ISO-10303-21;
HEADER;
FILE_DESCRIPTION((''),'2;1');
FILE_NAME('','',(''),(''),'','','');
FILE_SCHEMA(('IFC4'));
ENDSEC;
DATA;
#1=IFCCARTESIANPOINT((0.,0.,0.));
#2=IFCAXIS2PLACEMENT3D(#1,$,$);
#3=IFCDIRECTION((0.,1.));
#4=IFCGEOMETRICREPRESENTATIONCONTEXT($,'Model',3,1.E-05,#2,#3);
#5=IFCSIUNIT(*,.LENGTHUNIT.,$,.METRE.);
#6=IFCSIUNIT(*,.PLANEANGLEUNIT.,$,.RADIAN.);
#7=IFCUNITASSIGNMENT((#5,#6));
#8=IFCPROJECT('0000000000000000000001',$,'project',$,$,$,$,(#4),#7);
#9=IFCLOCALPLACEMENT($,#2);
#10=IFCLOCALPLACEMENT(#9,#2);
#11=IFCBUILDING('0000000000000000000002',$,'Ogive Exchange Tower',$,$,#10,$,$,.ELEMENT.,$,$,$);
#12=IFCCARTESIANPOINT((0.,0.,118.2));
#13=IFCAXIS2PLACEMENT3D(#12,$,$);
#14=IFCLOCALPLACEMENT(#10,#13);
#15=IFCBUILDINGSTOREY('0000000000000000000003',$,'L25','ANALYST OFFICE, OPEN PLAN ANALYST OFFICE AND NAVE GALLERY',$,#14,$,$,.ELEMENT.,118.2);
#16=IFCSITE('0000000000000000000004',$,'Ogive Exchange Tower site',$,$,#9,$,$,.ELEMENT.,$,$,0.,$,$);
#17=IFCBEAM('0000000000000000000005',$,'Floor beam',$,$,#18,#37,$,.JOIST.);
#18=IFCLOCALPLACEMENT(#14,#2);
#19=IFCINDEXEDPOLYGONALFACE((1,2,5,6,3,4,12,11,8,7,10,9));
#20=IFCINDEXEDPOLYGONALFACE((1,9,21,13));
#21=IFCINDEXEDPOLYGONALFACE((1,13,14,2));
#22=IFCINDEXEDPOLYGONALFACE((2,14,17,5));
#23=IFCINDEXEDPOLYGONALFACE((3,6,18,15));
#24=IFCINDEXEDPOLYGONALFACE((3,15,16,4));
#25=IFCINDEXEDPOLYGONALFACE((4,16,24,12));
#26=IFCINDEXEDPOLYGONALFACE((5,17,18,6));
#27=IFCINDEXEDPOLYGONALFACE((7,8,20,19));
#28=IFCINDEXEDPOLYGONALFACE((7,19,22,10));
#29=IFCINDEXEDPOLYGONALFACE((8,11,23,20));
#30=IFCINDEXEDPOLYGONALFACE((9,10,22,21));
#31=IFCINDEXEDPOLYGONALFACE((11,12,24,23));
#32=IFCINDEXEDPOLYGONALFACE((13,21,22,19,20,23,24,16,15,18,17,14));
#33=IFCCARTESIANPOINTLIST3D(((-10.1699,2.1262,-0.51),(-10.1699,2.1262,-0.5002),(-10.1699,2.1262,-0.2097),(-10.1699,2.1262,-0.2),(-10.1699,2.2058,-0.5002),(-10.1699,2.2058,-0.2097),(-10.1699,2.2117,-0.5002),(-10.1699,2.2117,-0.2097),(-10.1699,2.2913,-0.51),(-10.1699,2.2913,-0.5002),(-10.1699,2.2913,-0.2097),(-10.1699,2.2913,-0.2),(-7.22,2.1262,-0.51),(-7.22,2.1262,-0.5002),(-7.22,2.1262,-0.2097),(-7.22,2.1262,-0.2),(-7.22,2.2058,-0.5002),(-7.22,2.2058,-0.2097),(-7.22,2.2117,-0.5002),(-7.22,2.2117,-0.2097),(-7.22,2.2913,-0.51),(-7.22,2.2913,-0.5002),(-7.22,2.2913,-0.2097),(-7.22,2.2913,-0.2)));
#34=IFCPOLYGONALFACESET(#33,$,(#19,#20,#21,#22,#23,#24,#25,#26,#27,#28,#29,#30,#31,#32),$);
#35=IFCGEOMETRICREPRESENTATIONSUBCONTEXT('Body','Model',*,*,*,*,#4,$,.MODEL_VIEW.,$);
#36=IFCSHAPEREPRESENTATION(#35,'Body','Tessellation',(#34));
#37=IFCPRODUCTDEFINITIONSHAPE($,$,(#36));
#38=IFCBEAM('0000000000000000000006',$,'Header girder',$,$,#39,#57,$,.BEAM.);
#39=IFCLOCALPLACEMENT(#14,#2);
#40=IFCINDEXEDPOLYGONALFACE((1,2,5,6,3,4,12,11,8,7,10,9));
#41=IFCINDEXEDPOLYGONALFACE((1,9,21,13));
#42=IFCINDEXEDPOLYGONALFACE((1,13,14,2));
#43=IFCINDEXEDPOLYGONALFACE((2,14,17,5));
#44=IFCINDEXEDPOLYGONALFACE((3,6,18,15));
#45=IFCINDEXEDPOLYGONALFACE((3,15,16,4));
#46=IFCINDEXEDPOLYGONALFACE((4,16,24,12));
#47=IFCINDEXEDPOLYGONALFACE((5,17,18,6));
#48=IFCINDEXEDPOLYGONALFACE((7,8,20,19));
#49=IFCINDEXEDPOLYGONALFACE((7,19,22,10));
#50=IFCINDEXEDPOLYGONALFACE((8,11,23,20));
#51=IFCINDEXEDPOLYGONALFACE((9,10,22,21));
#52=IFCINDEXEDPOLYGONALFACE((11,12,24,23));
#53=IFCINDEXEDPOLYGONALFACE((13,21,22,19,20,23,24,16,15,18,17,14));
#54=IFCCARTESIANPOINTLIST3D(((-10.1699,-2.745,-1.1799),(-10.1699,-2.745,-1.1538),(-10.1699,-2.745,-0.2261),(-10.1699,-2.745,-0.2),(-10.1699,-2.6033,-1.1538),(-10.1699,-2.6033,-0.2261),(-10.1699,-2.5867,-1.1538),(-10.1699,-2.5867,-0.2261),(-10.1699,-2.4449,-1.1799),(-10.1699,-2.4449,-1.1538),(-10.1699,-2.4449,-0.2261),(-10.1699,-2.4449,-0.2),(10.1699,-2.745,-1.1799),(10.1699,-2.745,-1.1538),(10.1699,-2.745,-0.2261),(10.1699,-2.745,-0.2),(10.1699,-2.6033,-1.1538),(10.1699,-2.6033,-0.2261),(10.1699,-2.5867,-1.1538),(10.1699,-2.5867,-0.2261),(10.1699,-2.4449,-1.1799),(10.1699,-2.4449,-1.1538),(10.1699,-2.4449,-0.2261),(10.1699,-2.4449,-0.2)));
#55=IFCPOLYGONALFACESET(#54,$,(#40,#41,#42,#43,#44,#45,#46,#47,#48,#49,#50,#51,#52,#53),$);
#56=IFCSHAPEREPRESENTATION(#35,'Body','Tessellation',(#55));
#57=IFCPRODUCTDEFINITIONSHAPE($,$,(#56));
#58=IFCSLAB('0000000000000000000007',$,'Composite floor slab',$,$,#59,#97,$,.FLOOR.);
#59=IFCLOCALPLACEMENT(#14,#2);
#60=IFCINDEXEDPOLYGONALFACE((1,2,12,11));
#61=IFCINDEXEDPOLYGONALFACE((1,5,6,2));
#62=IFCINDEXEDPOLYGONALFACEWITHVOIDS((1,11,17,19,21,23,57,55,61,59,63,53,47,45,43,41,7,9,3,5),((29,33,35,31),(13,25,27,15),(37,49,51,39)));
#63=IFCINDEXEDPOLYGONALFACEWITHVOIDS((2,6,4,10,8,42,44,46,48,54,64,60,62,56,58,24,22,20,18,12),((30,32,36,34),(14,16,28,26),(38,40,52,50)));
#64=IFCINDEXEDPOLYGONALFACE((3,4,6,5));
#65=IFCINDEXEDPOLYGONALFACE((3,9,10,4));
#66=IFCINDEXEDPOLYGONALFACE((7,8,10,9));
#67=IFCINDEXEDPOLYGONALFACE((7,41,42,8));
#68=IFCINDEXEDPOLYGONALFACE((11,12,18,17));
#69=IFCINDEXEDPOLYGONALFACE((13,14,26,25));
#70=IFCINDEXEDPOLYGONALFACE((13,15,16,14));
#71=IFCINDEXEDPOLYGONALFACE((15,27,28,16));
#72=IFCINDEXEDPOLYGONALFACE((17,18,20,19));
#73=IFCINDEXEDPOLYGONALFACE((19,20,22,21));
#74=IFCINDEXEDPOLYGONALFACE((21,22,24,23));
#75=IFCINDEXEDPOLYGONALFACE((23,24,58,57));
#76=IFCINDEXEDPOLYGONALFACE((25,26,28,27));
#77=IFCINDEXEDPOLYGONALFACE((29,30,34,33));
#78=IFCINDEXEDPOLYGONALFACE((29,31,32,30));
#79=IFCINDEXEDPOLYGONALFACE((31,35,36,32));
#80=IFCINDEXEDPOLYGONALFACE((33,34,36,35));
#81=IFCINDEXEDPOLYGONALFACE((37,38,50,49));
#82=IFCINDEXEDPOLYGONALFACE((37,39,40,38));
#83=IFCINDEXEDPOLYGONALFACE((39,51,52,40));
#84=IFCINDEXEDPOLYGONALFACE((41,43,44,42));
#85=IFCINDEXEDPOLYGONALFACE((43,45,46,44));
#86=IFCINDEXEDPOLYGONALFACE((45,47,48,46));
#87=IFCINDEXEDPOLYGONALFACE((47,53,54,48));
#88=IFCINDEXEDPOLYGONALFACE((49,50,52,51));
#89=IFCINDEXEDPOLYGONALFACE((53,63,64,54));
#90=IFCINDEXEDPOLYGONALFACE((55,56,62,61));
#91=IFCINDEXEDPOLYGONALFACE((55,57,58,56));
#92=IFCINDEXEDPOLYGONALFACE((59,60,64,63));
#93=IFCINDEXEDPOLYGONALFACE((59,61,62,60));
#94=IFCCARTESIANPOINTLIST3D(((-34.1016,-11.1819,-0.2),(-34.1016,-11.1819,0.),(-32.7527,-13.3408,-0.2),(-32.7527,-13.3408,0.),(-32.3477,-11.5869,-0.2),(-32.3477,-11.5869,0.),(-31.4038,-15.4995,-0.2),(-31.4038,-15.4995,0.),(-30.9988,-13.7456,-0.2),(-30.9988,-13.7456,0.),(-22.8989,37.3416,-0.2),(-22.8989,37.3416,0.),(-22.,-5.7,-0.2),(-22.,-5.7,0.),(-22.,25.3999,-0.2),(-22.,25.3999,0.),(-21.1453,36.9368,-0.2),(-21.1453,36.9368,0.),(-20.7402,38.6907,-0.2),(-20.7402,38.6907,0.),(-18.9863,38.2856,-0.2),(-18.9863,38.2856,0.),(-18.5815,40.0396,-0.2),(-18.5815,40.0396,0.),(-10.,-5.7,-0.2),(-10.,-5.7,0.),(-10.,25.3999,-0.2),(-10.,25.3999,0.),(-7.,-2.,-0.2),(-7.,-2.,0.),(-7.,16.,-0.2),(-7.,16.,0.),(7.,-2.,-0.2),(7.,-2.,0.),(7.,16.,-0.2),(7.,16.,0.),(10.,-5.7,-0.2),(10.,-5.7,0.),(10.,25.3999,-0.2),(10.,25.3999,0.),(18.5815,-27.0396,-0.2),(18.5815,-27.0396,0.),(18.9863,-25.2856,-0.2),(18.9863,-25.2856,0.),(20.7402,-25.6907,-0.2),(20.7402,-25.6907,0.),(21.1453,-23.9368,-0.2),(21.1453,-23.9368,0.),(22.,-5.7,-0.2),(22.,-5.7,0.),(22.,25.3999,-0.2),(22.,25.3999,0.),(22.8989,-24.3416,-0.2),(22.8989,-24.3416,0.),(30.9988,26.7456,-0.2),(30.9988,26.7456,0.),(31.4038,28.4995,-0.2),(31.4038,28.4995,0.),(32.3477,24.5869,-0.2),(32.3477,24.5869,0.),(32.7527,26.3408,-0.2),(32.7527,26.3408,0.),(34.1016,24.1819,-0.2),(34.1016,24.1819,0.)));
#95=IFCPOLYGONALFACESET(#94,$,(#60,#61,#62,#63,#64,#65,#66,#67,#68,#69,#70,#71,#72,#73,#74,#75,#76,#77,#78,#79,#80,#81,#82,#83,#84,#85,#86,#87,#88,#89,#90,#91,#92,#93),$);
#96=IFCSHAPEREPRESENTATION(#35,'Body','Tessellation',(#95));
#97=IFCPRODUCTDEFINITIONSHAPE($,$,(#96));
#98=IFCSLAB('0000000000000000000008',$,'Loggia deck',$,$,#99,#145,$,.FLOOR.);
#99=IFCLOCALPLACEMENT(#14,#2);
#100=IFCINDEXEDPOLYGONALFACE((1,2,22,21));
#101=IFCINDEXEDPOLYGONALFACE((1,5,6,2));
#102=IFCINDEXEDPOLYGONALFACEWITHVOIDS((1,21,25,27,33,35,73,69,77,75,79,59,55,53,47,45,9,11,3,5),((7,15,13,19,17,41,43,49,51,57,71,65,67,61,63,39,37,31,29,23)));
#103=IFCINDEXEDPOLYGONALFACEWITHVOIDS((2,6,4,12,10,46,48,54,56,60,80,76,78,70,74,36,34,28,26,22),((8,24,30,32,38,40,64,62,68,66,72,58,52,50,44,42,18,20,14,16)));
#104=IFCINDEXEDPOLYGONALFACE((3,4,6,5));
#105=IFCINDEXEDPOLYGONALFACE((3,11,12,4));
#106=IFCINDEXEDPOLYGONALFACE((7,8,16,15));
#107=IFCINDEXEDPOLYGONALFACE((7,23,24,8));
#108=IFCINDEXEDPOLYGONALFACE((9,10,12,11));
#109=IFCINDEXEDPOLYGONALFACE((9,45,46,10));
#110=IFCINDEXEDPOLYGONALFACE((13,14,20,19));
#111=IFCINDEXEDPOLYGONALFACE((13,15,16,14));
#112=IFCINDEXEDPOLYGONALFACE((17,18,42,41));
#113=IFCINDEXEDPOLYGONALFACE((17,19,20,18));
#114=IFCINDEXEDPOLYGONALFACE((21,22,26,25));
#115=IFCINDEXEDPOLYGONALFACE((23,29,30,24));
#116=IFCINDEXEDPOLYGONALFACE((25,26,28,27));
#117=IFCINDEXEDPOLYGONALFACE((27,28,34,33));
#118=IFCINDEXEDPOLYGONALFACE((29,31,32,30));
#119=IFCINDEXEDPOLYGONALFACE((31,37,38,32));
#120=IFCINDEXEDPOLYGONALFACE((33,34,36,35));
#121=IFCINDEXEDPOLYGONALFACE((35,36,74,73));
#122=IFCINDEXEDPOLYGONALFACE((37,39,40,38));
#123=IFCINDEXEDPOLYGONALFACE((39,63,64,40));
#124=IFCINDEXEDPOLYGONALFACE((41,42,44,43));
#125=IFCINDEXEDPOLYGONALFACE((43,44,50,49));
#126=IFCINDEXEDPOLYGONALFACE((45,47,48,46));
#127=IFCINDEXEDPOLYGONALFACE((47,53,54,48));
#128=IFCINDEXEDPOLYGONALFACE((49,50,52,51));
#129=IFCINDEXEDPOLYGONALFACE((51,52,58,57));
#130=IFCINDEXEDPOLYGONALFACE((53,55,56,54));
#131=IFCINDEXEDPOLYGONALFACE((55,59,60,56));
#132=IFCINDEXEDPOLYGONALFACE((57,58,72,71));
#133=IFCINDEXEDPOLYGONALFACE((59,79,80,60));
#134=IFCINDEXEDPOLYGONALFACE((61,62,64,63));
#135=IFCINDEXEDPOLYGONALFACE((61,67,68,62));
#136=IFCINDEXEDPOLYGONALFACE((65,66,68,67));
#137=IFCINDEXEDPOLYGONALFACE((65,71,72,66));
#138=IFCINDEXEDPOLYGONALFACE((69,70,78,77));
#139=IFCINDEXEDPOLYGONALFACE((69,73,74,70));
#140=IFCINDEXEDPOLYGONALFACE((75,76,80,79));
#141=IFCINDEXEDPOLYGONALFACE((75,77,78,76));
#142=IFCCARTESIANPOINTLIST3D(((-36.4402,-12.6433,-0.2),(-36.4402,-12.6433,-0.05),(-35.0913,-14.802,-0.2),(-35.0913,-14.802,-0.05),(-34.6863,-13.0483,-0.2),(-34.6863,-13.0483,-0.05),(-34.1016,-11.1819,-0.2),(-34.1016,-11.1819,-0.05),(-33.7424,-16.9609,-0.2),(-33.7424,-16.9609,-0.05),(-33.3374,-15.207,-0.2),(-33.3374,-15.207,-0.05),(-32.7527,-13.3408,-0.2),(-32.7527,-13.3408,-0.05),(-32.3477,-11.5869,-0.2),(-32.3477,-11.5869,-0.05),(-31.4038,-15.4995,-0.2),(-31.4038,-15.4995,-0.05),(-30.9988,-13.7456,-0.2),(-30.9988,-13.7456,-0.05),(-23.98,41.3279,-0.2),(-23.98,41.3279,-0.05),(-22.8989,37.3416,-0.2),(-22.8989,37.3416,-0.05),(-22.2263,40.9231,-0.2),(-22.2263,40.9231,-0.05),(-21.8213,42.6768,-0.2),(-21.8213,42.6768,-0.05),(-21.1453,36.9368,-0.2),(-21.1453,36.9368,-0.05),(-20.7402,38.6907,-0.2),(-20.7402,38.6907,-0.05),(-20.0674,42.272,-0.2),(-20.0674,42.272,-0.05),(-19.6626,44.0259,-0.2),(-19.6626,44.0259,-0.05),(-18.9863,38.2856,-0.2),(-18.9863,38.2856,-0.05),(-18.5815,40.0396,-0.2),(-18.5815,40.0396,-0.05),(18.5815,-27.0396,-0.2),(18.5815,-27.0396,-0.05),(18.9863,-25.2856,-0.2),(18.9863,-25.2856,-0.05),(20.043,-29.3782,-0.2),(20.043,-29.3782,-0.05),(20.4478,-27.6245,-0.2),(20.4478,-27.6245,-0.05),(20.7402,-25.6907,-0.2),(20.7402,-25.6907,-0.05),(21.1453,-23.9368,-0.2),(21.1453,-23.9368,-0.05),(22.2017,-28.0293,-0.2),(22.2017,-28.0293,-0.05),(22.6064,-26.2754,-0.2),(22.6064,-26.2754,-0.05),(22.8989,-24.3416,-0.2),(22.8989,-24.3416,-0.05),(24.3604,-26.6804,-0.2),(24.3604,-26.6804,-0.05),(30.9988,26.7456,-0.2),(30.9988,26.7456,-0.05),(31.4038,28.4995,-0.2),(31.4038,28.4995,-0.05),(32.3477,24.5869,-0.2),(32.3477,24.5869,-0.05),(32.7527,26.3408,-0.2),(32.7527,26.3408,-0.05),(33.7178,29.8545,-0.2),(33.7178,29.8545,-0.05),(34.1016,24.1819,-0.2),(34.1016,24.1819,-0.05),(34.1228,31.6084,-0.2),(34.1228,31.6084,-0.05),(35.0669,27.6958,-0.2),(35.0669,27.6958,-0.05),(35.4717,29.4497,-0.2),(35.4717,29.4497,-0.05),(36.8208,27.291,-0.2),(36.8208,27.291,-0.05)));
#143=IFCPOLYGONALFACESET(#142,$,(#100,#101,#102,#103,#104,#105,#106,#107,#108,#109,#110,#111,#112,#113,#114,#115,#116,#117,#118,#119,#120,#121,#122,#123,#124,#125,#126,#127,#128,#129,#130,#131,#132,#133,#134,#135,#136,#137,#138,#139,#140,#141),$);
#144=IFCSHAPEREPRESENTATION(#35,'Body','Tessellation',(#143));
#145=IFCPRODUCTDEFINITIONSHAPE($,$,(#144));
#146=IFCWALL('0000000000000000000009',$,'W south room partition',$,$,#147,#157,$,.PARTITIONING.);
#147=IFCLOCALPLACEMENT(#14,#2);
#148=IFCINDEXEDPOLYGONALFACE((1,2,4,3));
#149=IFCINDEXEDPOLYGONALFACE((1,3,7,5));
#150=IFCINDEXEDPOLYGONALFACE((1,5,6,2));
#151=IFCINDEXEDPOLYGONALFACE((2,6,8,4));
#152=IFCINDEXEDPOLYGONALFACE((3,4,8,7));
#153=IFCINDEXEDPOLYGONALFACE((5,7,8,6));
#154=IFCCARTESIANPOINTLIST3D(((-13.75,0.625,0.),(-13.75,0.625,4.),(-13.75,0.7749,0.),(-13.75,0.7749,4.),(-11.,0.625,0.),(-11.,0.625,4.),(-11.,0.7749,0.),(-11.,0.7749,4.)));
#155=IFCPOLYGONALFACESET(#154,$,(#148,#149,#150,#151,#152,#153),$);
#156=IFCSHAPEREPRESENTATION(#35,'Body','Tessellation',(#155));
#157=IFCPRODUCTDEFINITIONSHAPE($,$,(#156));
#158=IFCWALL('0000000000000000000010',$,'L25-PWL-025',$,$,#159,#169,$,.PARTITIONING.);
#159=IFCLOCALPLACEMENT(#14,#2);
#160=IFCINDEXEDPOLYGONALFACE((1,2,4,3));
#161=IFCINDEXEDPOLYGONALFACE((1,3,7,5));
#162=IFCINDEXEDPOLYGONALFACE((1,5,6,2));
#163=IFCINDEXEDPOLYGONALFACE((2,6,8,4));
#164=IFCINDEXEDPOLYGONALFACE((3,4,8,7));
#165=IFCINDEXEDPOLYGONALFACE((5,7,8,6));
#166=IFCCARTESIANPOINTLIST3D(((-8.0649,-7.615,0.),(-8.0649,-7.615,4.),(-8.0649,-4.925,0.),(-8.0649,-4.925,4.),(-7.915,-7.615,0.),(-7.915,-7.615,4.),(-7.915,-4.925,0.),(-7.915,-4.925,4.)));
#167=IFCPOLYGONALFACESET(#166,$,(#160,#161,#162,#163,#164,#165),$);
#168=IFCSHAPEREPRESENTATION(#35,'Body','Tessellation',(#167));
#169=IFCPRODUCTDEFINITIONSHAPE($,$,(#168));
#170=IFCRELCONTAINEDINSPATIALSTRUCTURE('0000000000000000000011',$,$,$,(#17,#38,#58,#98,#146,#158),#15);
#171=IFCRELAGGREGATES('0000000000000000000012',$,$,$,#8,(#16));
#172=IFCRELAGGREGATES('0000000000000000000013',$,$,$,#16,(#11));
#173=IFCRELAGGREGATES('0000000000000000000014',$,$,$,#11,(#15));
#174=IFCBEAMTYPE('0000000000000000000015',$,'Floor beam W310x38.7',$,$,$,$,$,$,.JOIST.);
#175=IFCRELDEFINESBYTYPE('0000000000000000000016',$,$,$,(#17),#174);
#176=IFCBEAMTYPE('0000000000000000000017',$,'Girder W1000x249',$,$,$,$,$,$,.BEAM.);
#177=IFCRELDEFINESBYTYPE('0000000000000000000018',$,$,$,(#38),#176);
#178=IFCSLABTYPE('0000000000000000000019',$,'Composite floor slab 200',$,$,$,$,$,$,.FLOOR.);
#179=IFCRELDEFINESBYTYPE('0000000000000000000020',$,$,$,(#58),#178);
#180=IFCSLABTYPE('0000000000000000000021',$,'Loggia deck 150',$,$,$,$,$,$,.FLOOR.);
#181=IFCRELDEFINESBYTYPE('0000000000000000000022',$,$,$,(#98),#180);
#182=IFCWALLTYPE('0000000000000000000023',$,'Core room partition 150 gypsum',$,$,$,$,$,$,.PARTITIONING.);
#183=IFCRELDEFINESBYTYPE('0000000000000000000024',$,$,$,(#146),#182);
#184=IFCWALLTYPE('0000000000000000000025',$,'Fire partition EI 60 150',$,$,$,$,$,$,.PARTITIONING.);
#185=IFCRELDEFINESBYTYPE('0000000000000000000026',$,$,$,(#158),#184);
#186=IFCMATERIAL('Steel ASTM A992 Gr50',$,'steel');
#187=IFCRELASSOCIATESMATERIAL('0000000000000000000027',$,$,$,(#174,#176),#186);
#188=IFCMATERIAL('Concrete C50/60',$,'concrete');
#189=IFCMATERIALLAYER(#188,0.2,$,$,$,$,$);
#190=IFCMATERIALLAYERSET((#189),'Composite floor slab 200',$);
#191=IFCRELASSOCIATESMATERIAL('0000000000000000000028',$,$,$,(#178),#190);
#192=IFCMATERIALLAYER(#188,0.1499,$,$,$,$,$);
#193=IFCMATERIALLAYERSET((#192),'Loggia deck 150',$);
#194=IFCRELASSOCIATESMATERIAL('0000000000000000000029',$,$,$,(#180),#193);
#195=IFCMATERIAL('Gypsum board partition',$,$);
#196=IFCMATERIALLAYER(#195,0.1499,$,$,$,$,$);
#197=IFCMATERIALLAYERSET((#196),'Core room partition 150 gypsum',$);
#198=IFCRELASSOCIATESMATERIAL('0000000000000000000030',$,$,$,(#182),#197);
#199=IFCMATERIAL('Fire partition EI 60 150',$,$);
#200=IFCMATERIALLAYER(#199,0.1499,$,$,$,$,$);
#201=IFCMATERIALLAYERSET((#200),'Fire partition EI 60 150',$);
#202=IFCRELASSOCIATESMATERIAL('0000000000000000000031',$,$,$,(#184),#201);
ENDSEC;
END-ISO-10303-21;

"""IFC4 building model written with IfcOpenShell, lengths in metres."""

from ifc_helpers import new_model, si_unit, direction, frame, frame_2d, origin, origin_2d, place, context, subcontext, project, spatial, polyline, rectangle, i_section, outline, extrude, material, layer, layer_set, material_profile, profile_set, type_object, element, save


model = new_model("IFC4")

# Units and contexts
model_context = context("Model", 3, precision=1e-05, world=origin(), true_north=direction((0.0, 1.0)))
body_context = subcontext(model_context, "Body", "Model", "MODEL_VIEW")
ifc_project = project(units=[si_unit("LENGTHUNIT", "METRE"), si_unit("PLANEANGLEUNIT", "RADIAN")], contexts=[model_context])

# Site, building, storey
site_placement = place(None, origin())
site = spatial("IfcSite", under=ifc_project, at=site_placement, Name="Ogive Exchange Tower site", CompositionType="ELEMENT", RefElevation=0.0)
building_placement = place(site_placement, origin())
building = spatial("IfcBuilding", under=site, at=building_placement, Name="Ogive Exchange Tower", CompositionType="ELEMENT")
storey_placement = place(building_placement, frame((0.0, 0.0, 118.2)))
storey = spatial("IfcBuildingStorey", under=building, at=storey_placement, Name="L25", Description="ANALYST OFFICE, OPEN PLAN ANALYST OFFICE AND NAVE GALLERY", CompositionType="ELEMENT", Elevation=118.2)

# Beams
ifc_material_1 = material(Name="Steel ASTM A992 Gr50", Category="steel")
ifc_material_profile_1 = material_profile(ifc_material_1, i_section(OverallWidth=0.165, OverallDepth=0.3101, WebThickness=0.0059, FlangeThickness=0.0098, at=origin_2d()), Name="W310x38.7")
ifc_profile_set_1 = profile_set([ifc_material_profile_1], Name="Steel ASTM A992 Gr50")
beam_type_1 = type_object("IfcBeamType", Name="Floor beam W310x38.7", PredefinedType="JOIST", material=ifc_profile_set_1)
beam_1_placement = place(storey_placement, frame((-10.1699, 2.2087, -0.355), z_axis=(1.0, 0.0, 0.0), x_axis=(0.0, 1.0, 0.0)))
element("IfcBeam", 1, at=beam_1_placement, inside=storey, type_object=beam_type_1, Name="Floor beam", PredefinedType="JOIST", context=body_context, shape_type="SweptSolid", body=[
    extrude(i_section(OverallWidth=0.165, OverallDepth=0.3101, WebThickness=0.0059, FlangeThickness=0.0098, at=origin_2d()), origin(), (0.0, 0.0, 1.0), 2.95),
])
ifc_material_profile_2 = material_profile(ifc_material_1, i_section(OverallWidth=0.3, OverallDepth=0.98, WebThickness=0.0166, FlangeThickness=0.0261, at=origin_2d()), Name="W1000x249")
ifc_profile_set_2 = profile_set([ifc_material_profile_2], Name="Steel ASTM A992 Gr50")
beam_type_2 = type_object("IfcBeamType", Name="Girder W1000x249", PredefinedType="BEAM", material=ifc_profile_set_2)
beam_2_placement = place(storey_placement, frame((-10.1699, -2.595, -0.6899), z_axis=(1.0, 0.0, 0.0), x_axis=(0.0, 1.0, 0.0)))
element("IfcBeam", 2, at=beam_2_placement, inside=storey, type_object=beam_type_2, Name="Header girder", PredefinedType="BEAM", context=body_context, shape_type="SweptSolid", body=[
    extrude(i_section(OverallWidth=0.3, OverallDepth=0.98, WebThickness=0.0166, FlangeThickness=0.0261, at=origin_2d()), origin(), (0.0, 0.0, 1.0), 20.3398),
])

# Slabs
ifc_material_2 = material(Name="Concrete C50/60", Category="concrete")
ifc_layer_1 = layer(ifc_material_2, 0.2)
ifc_layer_set_1 = layer_set([ifc_layer_1], Name="Composite floor slab 200")
slab_type_1 = type_object("IfcSlabType", Name="Composite floor slab 200", PredefinedType="FLOOR", material=ifc_layer_set_1)
slab_1_placement = place(storey_placement, frame((0.0, 0.0, -0.2)))
element("IfcSlab", 3, at=slab_1_placement, inside=storey, type_object=slab_type_1, Name="Composite floor slab", PredefinedType="FLOOR", context=body_context, shape_type="SweptSolid", body=[
    extrude(outline(polyline([(-30.9988, -13.7456), (-32.7527, -13.3408), (-32.3477, -11.5869), (-34.1016, -11.1819), (-22.8989, 37.3416), (-21.1453, 36.9368), (-20.7402, 38.6907), (-18.9863, 38.2856), (-18.5815, 40.0396), (31.4038, 28.4995), (30.9988, 26.7456), (32.7527, 26.3408), (32.3477, 24.5869), (34.1016, 24.1819), (22.8989, -24.3416), (21.1453, -23.9368), (20.7402, -25.6907), (18.9863, -25.2856), (18.5815, -27.0396), (-31.4038, -15.4995), (-30.9988, -13.7456)]), holes=[polyline([(7.0, -2.0), (7.0, 16.0), (-7.0, 16.0), (-7.0, -2.0), (7.0, -2.0)]), polyline([(-22.0, -5.7), (-10.0, -5.7), (-10.0, 25.3999), (-22.0, 25.3999), (-22.0, -5.7)]), polyline([(10.0, -5.7), (22.0, -5.7), (22.0, 25.3999), (10.0, 25.3999), (10.0, -5.7)])]), origin(), (0.0, 0.0, 1.0), 0.2),
])
ifc_layer_2 = layer(ifc_material_2, 0.1499)
ifc_layer_set_2 = layer_set([ifc_layer_2], Name="Loggia deck 150")
slab_type_2 = type_object("IfcSlabType", Name="Loggia deck 150", PredefinedType="FLOOR", material=ifc_layer_set_2)
slab_2_placement = place(storey_placement, frame((0.0, 0.0, -0.2)))
element("IfcSlab", 4, at=slab_2_placement, inside=storey, type_object=slab_type_2, Name="Loggia deck", PredefinedType="FLOOR", context=body_context, shape_type="SweptSolid", body=[
    extrude(outline(polyline([(-33.3374, -15.207), (-35.0913, -14.802), (-34.6863, -13.0483), (-36.4402, -12.6433), (-23.98, 41.3279), (-22.2263, 40.9231), (-21.8213, 42.6768), (-20.0674, 42.272), (-19.6626, 44.0259), (34.1228, 31.6084), (33.7178, 29.8545), (35.4717, 29.4497), (35.0669, 27.6958), (36.8208, 27.291), (24.3604, -26.6804), (22.6064, -26.2754), (22.2017, -28.0293), (20.4478, -27.6245), (20.043, -29.3782), (-33.7424, -16.9609), (-33.3374, -15.207)]), holes=[polyline([(18.9863, -25.2856), (20.7402, -25.6907), (21.1453, -23.9368), (22.8989, -24.3416), (34.1016, 24.1819), (32.3477, 24.5869), (32.7527, 26.3408), (30.9988, 26.7456), (31.4038, 28.4995), (-18.5815, 40.0396), (-18.9863, 38.2856), (-20.7402, 38.6907), (-21.1453, 36.9368), (-22.8989, 37.3416), (-34.1016, -11.1819), (-32.3477, -11.5869), (-32.7527, -13.3408), (-30.9988, -13.7456), (-31.4038, -15.4995), (18.5815, -27.0396), (18.9863, -25.2856)])]), origin(), (0.0, 0.0, 1.0), 0.1499),
])

# Walls
ifc_material_3 = material(Name="Gypsum board partition")
ifc_layer_3 = layer(ifc_material_3, 0.1499)
ifc_layer_set_3 = layer_set([ifc_layer_3], Name="Core room partition 150 gypsum")
wall_type_1 = type_object("IfcWallType", Name="Core room partition 150 gypsum", PredefinedType="PARTITIONING", material=ifc_layer_set_3)
wall_1_placement = place(storey_placement, frame((-13.75, 0.7, 0.0), z_axis=(0.0, 0.0, 1.0), x_axis=(1.0, 0.0, 0.0)))
element("IfcWall", 5, at=wall_1_placement, inside=storey, type_object=wall_type_1, Name="W south room partition", PredefinedType="PARTITIONING", context=body_context, shape_type="SweptSolid", body=[
    extrude(rectangle(XDim=2.75, YDim=0.1499, at=frame_2d((1.375, 0.0))), origin(), (0.0, 0.0, 1.0), 4.0),
])
ifc_material_4 = material(Name="Fire partition EI 60 150")
ifc_layer_4 = layer(ifc_material_4, 0.1499)
ifc_layer_set_4 = layer_set([ifc_layer_4], Name="Fire partition EI 60 150")
wall_type_2 = type_object("IfcWallType", Name="Fire partition EI 60 150", PredefinedType="PARTITIONING", material=ifc_layer_set_4)
wall_2_placement = place(storey_placement, frame((-7.99, -4.925, 0.0), z_axis=(0.0, 0.0, 1.0), x_axis=(0.0, -1.0, 0.0)))
element("IfcWall", 6, at=wall_2_placement, inside=storey, type_object=wall_type_2, Name="L25-PWL-025", PredefinedType="PARTITIONING", context=body_context, shape_type="SweptSolid", body=[
    extrude(rectangle(XDim=2.6899, YDim=0.1499, at=frame_2d((1.345, 0.0))), origin(), (0.0, 0.0, 1.0), 4.0),
])

save(model, "model.ifc")
